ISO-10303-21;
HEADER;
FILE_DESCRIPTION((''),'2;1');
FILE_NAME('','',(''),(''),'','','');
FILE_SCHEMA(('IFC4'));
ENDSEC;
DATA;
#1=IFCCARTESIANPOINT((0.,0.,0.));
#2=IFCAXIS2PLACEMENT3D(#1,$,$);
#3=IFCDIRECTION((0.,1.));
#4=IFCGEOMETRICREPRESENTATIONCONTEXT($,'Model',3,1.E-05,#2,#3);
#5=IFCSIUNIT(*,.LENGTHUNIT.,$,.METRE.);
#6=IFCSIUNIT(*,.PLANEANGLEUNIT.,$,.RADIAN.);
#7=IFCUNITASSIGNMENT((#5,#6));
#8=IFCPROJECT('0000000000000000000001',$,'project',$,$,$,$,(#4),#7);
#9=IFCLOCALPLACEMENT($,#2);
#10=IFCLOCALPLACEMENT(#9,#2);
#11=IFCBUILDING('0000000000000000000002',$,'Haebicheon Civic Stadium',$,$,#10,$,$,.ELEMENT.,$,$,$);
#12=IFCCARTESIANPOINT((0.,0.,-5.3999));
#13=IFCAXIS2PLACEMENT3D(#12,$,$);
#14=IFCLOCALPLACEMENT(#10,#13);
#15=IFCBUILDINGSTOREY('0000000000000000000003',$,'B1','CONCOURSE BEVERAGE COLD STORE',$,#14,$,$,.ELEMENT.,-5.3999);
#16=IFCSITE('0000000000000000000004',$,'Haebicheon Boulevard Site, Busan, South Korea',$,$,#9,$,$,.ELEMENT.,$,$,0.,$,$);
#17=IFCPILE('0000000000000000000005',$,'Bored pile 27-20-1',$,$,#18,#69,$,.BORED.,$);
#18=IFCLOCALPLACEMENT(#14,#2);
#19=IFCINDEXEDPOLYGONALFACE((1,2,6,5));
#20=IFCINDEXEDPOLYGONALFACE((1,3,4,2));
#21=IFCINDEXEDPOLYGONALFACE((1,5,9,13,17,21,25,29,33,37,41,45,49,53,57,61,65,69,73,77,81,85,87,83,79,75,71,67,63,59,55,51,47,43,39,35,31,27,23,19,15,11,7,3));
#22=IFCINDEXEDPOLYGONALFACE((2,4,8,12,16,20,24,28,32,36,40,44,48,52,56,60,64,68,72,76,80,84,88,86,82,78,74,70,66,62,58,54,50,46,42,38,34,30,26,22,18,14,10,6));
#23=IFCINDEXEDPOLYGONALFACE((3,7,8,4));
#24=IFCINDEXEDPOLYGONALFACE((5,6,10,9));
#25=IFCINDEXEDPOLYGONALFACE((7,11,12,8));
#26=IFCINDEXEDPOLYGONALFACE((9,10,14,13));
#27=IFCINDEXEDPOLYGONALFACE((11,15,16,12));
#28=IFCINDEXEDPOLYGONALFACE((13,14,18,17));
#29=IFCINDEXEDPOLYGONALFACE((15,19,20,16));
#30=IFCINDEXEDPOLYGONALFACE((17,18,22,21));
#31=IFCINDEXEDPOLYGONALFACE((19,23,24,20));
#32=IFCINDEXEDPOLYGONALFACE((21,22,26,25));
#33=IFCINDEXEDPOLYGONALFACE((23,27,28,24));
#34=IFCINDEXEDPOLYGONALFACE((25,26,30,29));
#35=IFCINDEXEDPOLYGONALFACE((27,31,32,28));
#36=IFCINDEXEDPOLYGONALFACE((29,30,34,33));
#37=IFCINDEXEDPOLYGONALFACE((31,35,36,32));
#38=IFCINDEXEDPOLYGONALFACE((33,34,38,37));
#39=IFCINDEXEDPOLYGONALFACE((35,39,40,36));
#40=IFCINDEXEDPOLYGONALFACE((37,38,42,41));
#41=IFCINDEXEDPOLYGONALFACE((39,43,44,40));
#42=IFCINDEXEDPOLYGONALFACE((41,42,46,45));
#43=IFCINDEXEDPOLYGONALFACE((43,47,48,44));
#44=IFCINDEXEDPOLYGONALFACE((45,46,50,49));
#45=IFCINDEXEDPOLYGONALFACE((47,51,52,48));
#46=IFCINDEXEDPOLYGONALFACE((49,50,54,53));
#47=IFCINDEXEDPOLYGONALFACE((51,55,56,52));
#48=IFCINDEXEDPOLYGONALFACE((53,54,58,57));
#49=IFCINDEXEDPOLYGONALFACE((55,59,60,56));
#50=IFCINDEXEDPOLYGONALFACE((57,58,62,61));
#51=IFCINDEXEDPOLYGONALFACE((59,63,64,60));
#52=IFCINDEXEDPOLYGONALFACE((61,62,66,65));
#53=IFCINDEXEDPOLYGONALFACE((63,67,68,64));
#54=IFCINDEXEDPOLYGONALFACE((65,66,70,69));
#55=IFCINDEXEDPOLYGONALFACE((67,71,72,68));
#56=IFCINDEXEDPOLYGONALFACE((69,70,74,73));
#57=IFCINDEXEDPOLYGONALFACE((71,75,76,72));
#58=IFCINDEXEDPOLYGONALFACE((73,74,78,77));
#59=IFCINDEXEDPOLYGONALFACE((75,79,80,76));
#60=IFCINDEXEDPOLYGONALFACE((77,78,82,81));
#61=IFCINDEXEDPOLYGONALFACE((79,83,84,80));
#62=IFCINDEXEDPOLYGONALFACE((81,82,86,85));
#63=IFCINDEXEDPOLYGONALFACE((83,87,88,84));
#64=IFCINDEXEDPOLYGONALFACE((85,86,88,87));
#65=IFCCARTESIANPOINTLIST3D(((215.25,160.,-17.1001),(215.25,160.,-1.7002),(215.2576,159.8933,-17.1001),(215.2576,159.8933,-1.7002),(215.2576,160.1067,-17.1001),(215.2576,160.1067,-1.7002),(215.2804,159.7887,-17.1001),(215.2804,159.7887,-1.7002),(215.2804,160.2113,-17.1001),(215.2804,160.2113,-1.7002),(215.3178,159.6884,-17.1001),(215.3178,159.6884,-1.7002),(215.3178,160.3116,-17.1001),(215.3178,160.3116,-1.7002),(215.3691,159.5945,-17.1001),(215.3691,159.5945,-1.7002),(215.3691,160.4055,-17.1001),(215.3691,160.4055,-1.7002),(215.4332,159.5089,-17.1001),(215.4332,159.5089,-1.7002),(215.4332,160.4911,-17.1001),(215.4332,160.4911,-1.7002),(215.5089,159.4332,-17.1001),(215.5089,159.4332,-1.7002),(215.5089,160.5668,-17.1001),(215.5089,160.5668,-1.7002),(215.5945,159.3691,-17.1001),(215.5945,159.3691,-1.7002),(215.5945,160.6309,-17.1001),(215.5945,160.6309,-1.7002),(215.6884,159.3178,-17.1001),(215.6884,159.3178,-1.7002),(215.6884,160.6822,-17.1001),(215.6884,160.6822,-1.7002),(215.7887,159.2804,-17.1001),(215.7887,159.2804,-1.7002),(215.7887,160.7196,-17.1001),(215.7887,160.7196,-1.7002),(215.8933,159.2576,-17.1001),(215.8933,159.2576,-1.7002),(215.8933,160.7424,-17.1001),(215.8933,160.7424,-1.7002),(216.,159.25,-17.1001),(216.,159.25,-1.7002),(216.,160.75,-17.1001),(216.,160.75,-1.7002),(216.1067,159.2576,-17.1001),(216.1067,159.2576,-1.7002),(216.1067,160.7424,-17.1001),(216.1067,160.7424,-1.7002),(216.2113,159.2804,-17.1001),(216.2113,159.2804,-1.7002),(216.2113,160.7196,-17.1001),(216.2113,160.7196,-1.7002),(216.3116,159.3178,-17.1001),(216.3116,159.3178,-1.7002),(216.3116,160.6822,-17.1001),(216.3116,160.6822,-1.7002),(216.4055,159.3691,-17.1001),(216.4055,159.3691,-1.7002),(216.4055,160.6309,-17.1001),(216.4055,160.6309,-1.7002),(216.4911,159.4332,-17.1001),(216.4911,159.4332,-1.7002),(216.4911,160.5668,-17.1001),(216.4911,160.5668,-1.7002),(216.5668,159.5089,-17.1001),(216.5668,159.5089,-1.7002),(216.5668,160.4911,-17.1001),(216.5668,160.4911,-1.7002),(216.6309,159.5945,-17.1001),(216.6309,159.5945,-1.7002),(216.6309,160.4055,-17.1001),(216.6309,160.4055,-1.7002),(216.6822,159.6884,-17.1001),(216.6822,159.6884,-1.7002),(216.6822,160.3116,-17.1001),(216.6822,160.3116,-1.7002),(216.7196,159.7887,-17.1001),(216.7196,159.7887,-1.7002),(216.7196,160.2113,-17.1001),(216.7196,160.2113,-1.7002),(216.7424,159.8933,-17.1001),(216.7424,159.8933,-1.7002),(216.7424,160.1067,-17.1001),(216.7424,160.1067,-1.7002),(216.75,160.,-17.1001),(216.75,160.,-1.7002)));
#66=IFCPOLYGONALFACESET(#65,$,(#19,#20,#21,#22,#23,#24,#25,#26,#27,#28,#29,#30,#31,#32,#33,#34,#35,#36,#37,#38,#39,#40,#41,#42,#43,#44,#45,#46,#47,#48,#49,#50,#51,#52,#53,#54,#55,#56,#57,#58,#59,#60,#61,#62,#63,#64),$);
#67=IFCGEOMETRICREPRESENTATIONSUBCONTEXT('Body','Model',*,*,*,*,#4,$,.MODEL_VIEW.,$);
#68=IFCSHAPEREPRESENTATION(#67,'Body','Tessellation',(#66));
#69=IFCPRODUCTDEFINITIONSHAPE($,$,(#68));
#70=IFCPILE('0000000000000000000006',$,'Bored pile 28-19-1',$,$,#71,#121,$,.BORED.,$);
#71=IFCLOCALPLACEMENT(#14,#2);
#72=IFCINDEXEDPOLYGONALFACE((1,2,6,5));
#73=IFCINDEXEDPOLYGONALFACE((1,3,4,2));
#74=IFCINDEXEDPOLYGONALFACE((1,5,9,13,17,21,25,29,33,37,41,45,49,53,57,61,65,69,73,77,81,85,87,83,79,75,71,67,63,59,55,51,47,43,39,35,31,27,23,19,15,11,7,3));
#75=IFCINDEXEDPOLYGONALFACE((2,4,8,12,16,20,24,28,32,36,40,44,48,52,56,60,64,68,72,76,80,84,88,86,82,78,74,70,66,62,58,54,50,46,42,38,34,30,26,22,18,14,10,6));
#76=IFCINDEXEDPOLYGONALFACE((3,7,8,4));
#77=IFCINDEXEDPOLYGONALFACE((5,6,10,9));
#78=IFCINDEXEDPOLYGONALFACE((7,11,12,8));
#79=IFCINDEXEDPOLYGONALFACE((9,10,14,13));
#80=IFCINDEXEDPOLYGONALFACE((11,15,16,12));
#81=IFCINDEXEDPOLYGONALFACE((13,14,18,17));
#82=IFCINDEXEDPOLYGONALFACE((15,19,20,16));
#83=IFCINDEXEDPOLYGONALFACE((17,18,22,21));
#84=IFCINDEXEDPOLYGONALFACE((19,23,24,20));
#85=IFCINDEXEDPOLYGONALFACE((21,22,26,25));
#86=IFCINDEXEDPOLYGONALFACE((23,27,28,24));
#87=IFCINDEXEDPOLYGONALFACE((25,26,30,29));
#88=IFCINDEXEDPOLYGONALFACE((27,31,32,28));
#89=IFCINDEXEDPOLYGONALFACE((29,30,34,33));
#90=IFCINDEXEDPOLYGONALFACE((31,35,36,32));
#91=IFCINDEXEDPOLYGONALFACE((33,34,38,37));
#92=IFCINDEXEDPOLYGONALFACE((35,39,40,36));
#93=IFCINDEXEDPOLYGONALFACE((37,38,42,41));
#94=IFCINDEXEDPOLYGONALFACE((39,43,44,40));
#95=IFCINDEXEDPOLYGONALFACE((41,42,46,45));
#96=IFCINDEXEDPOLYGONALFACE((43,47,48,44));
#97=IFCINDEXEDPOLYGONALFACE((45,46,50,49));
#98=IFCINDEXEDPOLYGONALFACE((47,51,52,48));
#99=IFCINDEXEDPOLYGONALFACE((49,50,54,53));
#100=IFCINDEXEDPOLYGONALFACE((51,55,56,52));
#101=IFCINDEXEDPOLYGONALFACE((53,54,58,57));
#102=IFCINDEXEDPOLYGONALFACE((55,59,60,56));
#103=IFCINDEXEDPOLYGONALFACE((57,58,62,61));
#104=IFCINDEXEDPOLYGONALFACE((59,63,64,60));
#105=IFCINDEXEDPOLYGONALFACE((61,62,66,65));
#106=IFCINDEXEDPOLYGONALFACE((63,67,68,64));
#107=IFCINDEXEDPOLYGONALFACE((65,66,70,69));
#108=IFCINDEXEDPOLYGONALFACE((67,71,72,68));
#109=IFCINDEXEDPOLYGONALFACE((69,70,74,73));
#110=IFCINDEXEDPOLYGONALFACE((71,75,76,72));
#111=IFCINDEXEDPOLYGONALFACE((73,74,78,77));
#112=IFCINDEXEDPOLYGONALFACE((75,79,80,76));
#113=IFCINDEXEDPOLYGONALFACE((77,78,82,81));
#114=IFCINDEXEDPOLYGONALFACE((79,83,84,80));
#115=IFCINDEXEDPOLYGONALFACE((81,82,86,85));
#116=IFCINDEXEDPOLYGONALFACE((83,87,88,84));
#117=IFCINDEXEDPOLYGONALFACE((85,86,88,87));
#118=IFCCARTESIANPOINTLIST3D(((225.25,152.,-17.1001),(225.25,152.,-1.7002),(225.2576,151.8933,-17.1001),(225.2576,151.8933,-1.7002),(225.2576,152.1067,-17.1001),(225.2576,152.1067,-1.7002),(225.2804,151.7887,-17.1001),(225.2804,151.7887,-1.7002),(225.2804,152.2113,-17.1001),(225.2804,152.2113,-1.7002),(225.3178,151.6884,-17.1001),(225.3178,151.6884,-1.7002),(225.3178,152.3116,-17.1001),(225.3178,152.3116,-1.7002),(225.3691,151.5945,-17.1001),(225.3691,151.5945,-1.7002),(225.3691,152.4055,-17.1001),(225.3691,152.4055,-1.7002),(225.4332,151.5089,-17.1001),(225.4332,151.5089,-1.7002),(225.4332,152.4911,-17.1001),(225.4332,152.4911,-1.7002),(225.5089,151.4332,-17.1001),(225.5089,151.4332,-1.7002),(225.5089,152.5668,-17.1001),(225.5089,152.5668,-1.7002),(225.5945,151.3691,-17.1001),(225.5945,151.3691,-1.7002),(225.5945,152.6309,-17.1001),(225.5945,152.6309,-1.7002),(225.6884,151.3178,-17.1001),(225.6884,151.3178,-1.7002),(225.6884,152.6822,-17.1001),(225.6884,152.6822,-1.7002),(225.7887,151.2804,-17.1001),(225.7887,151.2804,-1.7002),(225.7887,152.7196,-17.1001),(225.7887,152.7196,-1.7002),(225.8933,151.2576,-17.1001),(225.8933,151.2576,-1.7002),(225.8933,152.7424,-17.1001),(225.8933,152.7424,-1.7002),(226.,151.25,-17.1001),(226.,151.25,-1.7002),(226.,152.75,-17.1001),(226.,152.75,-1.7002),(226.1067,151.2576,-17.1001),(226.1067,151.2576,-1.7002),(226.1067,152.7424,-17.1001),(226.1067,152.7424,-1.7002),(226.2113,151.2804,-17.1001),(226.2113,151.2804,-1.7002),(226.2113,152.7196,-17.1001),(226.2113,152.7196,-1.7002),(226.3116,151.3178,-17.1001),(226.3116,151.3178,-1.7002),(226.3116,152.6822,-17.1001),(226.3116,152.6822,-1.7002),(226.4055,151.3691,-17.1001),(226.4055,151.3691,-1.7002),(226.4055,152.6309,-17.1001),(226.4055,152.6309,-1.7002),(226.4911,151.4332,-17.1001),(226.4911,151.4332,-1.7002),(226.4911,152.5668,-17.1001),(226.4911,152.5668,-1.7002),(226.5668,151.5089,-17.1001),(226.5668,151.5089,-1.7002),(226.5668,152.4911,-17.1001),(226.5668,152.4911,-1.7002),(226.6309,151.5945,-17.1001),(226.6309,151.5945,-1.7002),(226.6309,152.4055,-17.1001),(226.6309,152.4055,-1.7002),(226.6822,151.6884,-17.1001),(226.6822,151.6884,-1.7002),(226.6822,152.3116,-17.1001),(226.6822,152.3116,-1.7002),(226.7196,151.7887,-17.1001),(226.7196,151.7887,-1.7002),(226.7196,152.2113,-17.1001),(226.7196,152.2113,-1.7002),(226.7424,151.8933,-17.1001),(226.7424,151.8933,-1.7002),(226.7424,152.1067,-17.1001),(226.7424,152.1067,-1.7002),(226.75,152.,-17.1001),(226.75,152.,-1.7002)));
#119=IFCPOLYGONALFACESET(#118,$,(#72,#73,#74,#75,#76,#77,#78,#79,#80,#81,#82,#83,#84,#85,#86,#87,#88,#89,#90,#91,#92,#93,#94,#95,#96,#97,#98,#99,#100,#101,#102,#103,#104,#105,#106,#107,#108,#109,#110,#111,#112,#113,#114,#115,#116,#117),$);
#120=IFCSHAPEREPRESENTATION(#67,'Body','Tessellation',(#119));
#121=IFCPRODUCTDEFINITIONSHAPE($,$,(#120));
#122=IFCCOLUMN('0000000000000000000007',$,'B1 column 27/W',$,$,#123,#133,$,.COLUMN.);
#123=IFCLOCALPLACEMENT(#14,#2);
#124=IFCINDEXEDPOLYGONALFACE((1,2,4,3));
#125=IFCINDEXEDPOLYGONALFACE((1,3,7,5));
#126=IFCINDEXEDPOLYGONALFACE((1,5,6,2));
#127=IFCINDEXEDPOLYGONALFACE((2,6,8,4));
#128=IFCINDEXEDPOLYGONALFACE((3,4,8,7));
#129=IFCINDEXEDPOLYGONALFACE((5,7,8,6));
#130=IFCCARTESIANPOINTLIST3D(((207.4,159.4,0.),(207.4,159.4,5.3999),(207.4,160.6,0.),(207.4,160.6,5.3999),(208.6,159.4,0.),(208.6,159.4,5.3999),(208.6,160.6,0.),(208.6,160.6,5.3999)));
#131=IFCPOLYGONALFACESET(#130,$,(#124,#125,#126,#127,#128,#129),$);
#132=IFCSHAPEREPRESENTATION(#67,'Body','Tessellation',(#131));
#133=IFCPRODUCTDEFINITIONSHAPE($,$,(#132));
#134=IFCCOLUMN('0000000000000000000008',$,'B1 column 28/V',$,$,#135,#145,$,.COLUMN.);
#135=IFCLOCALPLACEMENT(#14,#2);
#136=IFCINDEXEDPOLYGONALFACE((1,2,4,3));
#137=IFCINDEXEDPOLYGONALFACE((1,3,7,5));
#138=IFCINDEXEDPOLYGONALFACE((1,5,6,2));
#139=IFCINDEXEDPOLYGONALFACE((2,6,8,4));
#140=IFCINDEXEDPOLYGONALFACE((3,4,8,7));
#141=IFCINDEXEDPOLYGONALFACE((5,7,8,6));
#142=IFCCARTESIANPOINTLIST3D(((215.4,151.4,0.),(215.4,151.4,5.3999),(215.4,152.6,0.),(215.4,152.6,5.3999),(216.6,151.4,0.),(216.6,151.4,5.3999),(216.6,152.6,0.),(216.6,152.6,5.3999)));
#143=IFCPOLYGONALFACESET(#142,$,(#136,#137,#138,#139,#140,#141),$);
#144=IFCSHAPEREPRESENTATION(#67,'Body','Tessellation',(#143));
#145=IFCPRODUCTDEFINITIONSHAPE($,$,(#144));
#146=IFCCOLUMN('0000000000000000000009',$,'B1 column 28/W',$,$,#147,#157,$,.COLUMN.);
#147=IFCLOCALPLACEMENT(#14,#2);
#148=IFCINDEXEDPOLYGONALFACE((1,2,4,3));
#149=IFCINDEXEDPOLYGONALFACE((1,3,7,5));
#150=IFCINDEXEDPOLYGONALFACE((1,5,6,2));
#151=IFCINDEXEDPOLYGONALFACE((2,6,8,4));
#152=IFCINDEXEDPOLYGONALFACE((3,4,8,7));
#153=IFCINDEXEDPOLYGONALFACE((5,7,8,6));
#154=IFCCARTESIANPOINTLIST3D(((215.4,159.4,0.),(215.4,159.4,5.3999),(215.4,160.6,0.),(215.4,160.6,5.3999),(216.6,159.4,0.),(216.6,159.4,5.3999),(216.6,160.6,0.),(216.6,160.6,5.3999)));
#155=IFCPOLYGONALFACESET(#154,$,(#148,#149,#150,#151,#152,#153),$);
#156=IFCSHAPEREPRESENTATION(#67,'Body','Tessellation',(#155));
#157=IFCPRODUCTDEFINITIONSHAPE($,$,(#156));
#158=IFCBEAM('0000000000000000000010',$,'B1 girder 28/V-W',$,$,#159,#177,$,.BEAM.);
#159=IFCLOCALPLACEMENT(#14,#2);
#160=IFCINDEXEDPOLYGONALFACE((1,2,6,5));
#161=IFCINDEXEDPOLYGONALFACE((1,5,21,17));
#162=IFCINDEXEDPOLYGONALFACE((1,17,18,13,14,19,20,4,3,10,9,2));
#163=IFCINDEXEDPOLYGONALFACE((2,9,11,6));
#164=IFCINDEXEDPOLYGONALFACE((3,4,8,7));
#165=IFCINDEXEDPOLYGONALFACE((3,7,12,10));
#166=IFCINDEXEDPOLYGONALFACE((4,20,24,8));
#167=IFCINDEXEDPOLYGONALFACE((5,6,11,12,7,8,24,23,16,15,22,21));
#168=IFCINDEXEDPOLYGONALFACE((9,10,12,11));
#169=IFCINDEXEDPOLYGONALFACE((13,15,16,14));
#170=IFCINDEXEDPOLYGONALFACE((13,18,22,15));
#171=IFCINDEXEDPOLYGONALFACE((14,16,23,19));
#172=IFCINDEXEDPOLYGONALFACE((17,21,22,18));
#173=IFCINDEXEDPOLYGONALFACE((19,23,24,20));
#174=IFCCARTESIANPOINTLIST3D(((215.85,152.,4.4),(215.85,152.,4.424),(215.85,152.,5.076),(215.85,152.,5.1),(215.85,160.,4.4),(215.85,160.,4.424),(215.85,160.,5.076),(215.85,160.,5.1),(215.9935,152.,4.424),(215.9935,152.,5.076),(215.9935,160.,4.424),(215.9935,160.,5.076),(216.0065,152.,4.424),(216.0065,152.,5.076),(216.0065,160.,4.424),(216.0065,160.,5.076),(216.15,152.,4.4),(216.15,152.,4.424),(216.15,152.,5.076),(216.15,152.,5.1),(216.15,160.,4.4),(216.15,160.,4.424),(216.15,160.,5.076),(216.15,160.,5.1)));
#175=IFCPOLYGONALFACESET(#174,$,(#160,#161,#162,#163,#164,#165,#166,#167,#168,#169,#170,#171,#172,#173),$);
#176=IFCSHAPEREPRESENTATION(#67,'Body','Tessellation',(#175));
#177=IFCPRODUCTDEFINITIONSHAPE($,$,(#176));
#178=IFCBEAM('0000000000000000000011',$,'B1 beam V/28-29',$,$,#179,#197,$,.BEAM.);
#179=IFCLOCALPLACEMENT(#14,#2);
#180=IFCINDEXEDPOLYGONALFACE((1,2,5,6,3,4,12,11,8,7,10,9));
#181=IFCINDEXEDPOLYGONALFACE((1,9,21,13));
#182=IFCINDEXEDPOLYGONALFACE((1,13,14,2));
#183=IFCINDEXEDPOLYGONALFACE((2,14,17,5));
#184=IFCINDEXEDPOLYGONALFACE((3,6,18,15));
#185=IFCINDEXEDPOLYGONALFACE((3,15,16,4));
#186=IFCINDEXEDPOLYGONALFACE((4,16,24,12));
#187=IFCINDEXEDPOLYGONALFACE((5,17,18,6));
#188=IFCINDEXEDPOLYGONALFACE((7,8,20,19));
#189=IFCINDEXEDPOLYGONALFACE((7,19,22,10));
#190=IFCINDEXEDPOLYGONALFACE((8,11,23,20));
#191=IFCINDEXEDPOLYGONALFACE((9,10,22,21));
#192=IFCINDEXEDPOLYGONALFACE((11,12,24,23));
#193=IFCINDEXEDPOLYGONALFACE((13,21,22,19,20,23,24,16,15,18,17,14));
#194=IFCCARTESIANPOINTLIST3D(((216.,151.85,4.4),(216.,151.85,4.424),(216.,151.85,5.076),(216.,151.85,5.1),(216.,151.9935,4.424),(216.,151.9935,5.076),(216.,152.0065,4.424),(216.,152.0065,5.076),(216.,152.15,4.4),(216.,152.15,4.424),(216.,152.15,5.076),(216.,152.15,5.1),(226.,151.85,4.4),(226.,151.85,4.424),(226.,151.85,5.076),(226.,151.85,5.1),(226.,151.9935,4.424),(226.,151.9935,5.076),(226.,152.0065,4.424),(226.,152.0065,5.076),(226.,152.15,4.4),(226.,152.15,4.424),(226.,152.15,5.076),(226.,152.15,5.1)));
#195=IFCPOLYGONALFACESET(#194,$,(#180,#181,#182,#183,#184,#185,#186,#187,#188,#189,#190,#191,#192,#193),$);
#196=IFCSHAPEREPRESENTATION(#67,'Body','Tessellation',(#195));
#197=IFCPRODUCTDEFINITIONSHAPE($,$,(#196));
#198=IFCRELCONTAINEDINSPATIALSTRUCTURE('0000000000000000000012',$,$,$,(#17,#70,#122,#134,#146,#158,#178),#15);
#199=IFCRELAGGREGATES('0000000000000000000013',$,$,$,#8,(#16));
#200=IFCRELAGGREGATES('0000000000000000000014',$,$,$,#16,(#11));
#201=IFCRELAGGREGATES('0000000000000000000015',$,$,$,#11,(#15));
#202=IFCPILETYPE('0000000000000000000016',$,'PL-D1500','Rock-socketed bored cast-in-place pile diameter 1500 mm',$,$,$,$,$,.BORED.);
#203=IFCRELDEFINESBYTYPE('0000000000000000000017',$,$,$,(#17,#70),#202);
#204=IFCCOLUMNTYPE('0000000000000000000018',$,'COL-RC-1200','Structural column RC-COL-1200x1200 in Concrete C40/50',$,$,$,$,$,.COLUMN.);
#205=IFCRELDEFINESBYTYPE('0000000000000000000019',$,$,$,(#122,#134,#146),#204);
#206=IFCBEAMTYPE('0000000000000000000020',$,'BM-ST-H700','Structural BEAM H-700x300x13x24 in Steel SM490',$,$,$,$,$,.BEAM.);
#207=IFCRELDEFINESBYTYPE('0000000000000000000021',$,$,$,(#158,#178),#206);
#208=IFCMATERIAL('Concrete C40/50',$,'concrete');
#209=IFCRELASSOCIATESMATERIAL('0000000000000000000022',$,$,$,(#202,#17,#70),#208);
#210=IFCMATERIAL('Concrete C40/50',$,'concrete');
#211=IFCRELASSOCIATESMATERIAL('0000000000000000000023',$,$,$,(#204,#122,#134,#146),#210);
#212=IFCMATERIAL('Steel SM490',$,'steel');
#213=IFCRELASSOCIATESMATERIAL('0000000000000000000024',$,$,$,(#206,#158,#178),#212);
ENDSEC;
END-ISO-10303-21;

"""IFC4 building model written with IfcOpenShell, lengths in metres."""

from ifc_helpers import new_model, si_unit, direction, frame, origin, origin_2d, place, context, subcontext, project, spatial, rectangle, circle, i_section, extrude, material, material_profile, profile_set, type_object, element, save


model = new_model("IFC4")

# Units and contexts
model_context = context("Model", 3, precision=1e-05, world=origin(), true_north=direction((0.0, 1.0)))
body_context = subcontext(model_context, "Body", "Model", "MODEL_VIEW")
ifc_project = project(units=[si_unit("LENGTHUNIT", "METRE"), si_unit("PLANEANGLEUNIT", "RADIAN")], contexts=[model_context])

# Site, building, storey
site_placement = place(None, origin())
site = spatial("IfcSite", under=ifc_project, at=site_placement, Name="Haebicheon Boulevard Site, Busan, South Korea", CompositionType="ELEMENT", RefElevation=0.0)
building_placement = place(site_placement, origin())
building = spatial("IfcBuilding", under=site, at=building_placement, Name="Haebicheon Civic Stadium", CompositionType="ELEMENT")
storey_placement = place(building_placement, frame((0.0, 0.0, -5.3999)))
storey = spatial("IfcBuildingStorey", under=building, at=storey_placement, Name="B1", Description="CONCOURSE BEVERAGE COLD STORE", CompositionType="ELEMENT", Elevation=-5.3999)

# Piles
ifc_material_1 = material(Name="Concrete C40/50", Category="concrete")
ifc_material_profile_1 = material_profile(ifc_material_1, circle(Radius=0.75, at=origin_2d()), Name="PILE-D1500")
ifc_profile_set_1 = profile_set([ifc_material_profile_1], Name="Concrete C40/50")
pile_type = type_object("IfcPileType", Name="PL-D1500", Description="Rock-socketed bored cast-in-place pile diameter 1500 mm", PredefinedType="BORED", material=ifc_profile_set_1)
for number, where, z_axis, x_axis, name in (
    (1, (216.0, 160.0, -1.7002), (0.0, 0.0, -1.0), (1.0, 0.0, 0.0), "Bored pile 27-20-1"),
    (2, (226.0, 152.0, -1.7002), (0.0, 0.0, -1.0), (1.0, 0.0, 0.0), "Bored pile 28-19-1"),
):
    element("IfcPile", number, at=place(storey_placement, frame(where, z_axis=z_axis, x_axis=x_axis)), inside=storey, type_object=pile_type, material=ifc_profile_set_1, Name=name, PredefinedType="BORED", context=body_context, shape_type="SweptSolid", body=[
        extrude(circle(Radius=0.75, at=origin_2d()), origin(), (0.0, 0.0, 1.0), 15.3999),
    ])

# Columns
ifc_material_2 = material(Name="Concrete C40/50", Category="concrete")
ifc_material_profile_2 = material_profile(ifc_material_2, rectangle(XDim=1.2, YDim=1.2, at=origin_2d()), Name="RC-COL-1200x1200")
ifc_profile_set_2 = profile_set([ifc_material_profile_2], Name="Concrete C40/50")
column_type = type_object("IfcColumnType", Name="COL-RC-1200", Description="Structural column RC-COL-1200x1200 in Concrete C40/50", PredefinedType="COLUMN", material=ifc_profile_set_2)
for number, where, z_axis, x_axis, name in (
    (3, (208.0, 160.0, 0.0), (0.0, 0.0, 1.0), (1.0, 0.0, 0.0), "B1 column 27/W"),
    (4, (216.0, 152.0, 0.0), (0.0, 0.0, 1.0), (1.0, 0.0, 0.0), "B1 column 28/V"),
    (5, (216.0, 160.0, 0.0), (0.0, 0.0, 1.0), (1.0, 0.0, 0.0), "B1 column 28/W"),
):
    element("IfcColumn", number, at=place(storey_placement, frame(where, z_axis=z_axis, x_axis=x_axis)), inside=storey, type_object=column_type, material=ifc_profile_set_2, Name=name, PredefinedType="COLUMN", context=body_context, shape_type="SweptSolid", body=[
        extrude(rectangle(XDim=1.2, YDim=1.2, at=origin_2d()), origin(), (0.0, 0.0, 1.0), 5.3999),
    ])

# Beams
ifc_material_3 = material(Name="Steel SM490", Category="steel")
ifc_material_profile_3 = material_profile(ifc_material_3, i_section(OverallWidth=0.3, OverallDepth=0.7, WebThickness=0.0129, FlangeThickness=0.0239, at=origin_2d()), Name="H-700x300x13x24")
ifc_profile_set_3 = profile_set([ifc_material_profile_3], Name="Steel SM490")
beam_type_1 = type_object("IfcBeamType", Name="BM-ST-H700", Description="Structural BEAM H-700x300x13x24 in Steel SM490", PredefinedType="BEAM", material=ifc_profile_set_3)
beam_1_placement = place(storey_placement, frame((216.0, 152.0, 4.75), z_axis=(0.0, 1.0, 0.0), x_axis=(-1.0, 0.0, 0.0)))
element("IfcBeam", 6, at=beam_1_placement, inside=storey, type_object=beam_type_1, material=ifc_profile_set_3, Name="B1 girder 28/V-W", PredefinedType="BEAM", context=body_context, shape_type="SweptSolid", body=[
    extrude(i_section(OverallWidth=0.3, OverallDepth=0.7, WebThickness=0.0129, FlangeThickness=0.0239, at=origin_2d()), origin(), (0.0, 0.0, 1.0), 8.0),
])
beam_2_placement = place(storey_placement, frame((216.0, 152.0, 4.75), z_axis=(1.0, 0.0, 0.0), x_axis=(0.0, 1.0, 0.0)))
element("IfcBeam", 7, at=beam_2_placement, inside=storey, type_object=beam_type_1, material=ifc_profile_set_3, Name="B1 beam V/28-29", PredefinedType="BEAM", context=body_context, shape_type="SweptSolid", body=[
    extrude(i_section(OverallWidth=0.3, OverallDepth=0.7, WebThickness=0.0129, FlangeThickness=0.0239, at=origin_2d()), origin(), (0.0, 0.0, 1.0), 10.0),
])

save(model, "model.ifc")
